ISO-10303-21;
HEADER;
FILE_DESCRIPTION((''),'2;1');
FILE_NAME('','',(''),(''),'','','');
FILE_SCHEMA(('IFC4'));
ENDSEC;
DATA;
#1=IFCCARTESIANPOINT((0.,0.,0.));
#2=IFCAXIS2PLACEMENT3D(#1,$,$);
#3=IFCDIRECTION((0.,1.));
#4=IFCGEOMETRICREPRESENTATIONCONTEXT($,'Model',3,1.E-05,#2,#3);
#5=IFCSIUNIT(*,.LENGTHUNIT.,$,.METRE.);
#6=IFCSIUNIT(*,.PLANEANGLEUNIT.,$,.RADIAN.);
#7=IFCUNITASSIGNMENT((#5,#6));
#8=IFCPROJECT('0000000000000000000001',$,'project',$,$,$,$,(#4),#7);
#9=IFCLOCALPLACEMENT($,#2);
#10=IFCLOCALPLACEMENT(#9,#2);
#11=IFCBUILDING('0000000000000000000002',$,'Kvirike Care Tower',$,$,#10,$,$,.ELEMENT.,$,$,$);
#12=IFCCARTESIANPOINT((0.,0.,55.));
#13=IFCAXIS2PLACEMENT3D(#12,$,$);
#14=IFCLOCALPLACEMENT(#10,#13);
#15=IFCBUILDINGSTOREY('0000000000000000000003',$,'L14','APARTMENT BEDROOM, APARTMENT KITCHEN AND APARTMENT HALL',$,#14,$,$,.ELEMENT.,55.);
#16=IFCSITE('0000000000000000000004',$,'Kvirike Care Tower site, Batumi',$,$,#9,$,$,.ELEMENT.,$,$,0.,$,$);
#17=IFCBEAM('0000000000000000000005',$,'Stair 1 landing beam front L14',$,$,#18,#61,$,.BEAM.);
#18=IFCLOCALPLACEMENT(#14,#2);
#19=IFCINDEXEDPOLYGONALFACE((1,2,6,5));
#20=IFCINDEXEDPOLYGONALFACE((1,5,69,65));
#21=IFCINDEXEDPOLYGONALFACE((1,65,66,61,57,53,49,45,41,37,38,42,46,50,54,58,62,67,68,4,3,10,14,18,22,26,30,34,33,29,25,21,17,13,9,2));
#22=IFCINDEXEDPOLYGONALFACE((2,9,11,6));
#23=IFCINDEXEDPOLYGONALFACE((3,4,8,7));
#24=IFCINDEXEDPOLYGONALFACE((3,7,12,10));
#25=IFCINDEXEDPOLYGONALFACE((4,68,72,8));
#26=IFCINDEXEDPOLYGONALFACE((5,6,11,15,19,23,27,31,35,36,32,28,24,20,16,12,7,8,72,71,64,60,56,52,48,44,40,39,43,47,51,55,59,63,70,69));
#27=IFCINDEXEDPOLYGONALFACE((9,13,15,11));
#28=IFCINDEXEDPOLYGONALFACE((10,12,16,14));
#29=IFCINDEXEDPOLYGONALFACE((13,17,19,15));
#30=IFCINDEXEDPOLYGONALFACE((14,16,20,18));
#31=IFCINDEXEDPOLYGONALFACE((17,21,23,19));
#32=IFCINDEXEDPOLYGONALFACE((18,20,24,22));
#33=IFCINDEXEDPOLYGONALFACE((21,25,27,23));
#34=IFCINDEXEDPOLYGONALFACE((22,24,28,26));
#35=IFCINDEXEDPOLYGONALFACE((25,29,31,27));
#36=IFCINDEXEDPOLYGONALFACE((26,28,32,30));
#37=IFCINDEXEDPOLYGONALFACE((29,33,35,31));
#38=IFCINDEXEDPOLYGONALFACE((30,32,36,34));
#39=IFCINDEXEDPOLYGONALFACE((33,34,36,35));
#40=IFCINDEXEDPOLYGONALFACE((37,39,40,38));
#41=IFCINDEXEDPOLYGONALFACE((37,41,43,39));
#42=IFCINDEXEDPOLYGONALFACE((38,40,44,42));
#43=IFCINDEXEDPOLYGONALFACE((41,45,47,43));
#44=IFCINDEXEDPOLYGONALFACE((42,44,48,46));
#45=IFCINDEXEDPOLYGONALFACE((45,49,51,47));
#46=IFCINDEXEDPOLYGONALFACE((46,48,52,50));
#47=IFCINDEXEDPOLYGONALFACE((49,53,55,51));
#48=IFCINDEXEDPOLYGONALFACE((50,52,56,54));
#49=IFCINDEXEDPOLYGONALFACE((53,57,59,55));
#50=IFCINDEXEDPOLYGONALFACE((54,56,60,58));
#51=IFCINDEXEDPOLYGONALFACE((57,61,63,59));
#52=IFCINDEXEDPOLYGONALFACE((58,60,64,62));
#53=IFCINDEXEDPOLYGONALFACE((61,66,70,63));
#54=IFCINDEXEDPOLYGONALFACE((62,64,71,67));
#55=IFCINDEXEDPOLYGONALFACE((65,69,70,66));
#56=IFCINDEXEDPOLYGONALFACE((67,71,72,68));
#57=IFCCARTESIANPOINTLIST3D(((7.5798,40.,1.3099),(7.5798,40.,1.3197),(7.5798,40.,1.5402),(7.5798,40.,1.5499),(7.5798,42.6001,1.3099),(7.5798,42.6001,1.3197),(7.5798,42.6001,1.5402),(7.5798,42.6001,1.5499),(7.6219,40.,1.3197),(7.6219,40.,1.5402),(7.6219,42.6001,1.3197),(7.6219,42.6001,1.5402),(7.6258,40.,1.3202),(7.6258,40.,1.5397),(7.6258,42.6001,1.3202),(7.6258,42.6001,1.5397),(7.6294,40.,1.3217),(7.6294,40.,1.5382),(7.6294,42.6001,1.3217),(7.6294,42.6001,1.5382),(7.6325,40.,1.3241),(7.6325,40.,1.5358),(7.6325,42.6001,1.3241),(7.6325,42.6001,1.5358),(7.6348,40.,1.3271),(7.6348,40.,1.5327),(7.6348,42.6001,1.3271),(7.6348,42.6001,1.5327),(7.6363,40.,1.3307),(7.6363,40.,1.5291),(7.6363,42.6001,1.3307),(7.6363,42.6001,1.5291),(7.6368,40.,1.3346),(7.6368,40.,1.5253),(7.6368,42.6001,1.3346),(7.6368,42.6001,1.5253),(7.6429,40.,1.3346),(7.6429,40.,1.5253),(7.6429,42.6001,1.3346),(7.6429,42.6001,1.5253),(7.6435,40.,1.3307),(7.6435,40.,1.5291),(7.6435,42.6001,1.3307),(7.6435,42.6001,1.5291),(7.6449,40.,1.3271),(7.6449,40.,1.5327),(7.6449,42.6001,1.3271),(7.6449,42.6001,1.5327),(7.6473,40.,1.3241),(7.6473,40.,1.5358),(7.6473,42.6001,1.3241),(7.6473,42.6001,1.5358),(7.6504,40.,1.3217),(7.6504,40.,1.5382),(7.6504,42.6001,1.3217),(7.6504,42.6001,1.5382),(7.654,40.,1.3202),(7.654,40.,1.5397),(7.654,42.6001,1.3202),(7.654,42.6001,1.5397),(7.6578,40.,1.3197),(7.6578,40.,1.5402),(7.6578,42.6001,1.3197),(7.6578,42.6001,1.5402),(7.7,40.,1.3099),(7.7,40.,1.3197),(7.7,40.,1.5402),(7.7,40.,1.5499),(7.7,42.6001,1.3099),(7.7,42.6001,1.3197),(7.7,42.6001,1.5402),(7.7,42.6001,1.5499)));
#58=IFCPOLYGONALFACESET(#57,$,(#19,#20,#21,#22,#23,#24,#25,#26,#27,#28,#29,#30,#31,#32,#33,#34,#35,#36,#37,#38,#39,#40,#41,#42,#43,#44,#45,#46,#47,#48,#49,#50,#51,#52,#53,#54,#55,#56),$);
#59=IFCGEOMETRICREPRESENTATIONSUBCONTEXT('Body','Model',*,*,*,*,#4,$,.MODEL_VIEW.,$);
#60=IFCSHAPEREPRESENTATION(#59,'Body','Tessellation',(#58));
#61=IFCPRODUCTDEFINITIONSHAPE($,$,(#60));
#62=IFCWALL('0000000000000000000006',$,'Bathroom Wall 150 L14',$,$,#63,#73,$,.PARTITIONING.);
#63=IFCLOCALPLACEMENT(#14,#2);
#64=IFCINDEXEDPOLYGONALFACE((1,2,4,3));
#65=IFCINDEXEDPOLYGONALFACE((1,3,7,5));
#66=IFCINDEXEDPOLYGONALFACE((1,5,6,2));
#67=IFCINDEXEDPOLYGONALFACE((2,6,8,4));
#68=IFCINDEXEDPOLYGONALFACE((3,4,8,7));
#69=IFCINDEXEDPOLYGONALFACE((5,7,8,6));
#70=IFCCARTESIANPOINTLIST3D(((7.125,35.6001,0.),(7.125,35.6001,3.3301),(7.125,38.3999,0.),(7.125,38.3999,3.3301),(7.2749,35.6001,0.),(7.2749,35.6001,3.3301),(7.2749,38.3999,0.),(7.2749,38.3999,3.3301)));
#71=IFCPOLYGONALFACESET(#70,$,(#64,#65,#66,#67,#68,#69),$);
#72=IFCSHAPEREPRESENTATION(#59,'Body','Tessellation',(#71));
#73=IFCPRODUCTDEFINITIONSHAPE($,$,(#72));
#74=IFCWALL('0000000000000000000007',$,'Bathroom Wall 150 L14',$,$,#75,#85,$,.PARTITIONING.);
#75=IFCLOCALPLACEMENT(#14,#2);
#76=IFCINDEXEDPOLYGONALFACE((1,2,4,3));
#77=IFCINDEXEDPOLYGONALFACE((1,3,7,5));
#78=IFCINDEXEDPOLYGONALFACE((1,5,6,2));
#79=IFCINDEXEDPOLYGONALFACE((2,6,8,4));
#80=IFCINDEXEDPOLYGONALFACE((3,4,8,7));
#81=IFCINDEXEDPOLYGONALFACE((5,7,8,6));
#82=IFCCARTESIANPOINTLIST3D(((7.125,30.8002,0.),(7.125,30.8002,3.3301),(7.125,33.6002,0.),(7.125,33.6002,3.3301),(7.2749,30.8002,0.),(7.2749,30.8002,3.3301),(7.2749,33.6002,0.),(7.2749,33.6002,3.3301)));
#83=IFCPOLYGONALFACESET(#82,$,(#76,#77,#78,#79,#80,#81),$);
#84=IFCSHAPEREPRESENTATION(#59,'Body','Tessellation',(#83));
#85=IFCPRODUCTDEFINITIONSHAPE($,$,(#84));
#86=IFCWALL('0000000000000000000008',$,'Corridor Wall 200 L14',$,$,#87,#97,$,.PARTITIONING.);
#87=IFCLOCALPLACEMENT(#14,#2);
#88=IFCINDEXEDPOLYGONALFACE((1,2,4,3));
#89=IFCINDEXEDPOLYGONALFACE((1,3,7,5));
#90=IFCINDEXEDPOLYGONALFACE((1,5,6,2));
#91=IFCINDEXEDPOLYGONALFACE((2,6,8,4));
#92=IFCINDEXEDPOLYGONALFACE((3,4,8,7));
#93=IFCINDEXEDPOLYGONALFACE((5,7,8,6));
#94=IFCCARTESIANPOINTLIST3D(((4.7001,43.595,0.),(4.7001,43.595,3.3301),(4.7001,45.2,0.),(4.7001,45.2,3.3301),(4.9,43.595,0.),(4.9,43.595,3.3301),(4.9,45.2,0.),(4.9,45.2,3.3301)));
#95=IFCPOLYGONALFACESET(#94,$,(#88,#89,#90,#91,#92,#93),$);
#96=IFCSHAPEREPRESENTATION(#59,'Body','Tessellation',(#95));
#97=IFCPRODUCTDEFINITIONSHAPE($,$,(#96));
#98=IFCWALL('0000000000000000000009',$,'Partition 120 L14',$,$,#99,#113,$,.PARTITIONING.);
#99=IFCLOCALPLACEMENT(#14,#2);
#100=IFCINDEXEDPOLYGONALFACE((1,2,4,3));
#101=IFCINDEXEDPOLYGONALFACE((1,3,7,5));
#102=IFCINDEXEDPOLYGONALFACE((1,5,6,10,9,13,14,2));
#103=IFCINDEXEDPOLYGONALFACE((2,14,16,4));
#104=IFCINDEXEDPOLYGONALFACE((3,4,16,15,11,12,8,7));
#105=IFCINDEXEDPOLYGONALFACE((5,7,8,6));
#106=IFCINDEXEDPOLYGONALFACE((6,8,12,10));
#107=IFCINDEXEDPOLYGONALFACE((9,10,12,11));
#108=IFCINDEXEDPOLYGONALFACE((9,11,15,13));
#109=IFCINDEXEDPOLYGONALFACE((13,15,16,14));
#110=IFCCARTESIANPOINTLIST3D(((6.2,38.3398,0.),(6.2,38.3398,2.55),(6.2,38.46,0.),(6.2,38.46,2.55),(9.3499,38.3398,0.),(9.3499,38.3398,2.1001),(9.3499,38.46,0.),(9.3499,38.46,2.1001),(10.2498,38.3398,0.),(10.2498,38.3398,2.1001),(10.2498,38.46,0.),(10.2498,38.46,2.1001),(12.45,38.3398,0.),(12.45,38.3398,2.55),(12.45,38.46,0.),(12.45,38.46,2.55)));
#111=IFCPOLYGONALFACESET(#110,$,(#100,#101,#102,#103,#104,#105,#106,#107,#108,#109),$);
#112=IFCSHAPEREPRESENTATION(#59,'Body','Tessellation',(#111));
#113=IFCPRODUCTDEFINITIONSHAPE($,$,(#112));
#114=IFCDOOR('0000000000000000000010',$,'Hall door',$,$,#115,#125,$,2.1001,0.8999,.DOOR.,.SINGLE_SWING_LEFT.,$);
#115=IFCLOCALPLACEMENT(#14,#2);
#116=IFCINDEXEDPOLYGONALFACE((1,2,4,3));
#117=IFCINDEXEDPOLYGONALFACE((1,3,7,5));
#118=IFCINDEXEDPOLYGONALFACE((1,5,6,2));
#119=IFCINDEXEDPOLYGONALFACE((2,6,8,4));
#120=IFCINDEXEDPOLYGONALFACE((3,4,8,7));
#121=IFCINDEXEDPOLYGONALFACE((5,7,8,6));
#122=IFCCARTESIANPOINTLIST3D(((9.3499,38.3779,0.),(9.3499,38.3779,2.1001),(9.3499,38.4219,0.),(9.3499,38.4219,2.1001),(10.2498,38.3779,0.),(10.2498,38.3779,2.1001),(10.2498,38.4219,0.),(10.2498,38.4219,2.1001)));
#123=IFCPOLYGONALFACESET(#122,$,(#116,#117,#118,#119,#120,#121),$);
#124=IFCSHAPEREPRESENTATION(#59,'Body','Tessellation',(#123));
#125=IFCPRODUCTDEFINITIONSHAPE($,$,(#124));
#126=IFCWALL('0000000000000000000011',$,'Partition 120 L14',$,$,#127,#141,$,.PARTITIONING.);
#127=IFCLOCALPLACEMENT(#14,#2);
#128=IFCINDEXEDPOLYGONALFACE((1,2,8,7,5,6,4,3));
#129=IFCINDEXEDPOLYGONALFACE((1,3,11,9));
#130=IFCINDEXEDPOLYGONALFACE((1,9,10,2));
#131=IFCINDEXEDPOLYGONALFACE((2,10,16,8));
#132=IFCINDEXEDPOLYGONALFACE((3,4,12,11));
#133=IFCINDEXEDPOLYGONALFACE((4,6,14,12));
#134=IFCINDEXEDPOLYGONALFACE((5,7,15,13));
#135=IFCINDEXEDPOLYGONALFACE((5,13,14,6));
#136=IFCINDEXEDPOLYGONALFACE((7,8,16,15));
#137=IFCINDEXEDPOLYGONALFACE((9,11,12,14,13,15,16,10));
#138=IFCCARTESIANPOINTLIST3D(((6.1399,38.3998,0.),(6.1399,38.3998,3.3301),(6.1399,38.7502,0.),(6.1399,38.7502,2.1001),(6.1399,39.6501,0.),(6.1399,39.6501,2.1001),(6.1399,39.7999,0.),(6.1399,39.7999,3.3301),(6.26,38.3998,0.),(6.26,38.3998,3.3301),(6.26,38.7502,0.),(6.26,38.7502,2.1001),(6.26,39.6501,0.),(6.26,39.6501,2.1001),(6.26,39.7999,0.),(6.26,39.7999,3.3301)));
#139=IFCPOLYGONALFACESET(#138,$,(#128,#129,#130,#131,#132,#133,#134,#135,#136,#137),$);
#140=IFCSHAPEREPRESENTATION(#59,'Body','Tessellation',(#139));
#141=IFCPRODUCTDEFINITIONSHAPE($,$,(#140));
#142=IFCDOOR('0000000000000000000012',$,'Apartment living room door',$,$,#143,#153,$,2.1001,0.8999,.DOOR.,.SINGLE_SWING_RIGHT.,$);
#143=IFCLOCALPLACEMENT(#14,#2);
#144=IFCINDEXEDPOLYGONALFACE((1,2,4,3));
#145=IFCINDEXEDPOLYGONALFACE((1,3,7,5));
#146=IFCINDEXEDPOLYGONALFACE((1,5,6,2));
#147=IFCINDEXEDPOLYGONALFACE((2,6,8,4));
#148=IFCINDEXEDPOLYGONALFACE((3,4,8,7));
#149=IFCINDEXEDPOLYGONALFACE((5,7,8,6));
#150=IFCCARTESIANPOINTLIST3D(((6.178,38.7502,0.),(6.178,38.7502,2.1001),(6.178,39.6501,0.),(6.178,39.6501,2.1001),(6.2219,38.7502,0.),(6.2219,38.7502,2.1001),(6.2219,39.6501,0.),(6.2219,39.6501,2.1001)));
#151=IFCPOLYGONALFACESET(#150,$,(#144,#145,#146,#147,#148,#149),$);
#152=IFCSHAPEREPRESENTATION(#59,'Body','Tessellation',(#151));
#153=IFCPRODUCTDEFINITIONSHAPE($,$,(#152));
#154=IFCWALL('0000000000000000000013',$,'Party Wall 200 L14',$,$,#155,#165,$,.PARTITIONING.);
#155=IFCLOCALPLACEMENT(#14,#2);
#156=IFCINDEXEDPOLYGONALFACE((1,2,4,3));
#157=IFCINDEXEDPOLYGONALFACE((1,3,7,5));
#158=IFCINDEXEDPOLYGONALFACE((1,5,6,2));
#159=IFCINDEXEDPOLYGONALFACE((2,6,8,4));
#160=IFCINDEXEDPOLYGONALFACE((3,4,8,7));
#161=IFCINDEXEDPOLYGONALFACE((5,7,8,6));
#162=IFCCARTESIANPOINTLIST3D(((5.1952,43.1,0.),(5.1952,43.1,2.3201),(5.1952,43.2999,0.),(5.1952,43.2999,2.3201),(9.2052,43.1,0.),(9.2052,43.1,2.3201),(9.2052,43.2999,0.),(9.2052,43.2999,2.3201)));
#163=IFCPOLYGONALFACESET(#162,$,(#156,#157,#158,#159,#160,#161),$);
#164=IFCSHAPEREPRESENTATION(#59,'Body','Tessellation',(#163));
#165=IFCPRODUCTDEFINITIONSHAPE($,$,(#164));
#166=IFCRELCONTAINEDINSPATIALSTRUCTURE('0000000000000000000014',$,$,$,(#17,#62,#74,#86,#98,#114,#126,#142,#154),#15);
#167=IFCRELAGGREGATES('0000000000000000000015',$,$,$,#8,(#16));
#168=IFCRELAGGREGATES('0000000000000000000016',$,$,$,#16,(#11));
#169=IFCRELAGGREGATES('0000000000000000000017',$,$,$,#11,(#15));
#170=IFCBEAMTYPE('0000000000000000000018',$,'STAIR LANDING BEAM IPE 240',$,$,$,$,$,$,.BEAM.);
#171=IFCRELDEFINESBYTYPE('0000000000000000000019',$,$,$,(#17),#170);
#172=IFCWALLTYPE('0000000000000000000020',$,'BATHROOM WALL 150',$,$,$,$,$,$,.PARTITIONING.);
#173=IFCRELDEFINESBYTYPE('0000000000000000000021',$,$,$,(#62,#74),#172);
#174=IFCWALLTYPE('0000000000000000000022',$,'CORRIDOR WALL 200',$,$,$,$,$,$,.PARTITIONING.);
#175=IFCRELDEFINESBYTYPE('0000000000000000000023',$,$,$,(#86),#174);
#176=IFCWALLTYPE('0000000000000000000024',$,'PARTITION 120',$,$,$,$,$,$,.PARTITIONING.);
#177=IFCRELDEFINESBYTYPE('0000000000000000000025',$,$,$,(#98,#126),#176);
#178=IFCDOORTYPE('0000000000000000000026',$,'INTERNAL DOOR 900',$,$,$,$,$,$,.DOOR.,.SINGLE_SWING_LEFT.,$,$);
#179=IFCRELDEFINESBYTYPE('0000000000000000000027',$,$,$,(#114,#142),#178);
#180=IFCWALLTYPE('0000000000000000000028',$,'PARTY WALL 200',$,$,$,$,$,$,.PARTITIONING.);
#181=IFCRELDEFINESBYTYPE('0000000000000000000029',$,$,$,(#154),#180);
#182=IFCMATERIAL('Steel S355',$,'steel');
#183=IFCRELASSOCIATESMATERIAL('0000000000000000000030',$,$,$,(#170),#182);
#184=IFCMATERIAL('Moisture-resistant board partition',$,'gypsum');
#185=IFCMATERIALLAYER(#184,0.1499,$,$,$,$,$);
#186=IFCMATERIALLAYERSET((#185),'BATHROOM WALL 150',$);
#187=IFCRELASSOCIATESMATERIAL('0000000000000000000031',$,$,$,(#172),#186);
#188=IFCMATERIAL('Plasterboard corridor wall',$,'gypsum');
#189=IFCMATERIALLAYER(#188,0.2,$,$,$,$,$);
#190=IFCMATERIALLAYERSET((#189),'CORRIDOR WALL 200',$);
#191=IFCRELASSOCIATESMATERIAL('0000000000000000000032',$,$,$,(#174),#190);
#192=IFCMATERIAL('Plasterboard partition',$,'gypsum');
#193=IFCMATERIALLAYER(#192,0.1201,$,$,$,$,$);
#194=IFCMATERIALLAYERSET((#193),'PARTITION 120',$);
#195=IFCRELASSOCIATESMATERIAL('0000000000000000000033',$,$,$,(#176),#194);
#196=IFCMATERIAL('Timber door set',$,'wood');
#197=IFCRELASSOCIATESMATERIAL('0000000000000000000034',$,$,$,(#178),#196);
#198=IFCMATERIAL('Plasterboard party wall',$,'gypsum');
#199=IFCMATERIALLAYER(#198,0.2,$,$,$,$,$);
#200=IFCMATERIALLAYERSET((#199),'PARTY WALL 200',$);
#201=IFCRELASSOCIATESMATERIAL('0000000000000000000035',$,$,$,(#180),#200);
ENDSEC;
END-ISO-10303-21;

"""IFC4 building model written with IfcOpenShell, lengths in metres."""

from ifc_helpers import new_model, si_unit, direction, frame, frame_2d, origin, origin_2d, place, context, subcontext, project, spatial, rectangle, i_section, extrude, material, layer, layer_set, material_profile, profile_set, type_object, element, fill, save


model = new_model("IFC4")

# Units and contexts
model_context = context("Model", 3, precision=1e-05, world=origin(), true_north=direction((0.0, 1.0)))
body_context = subcontext(model_context, "Body", "Model", "MODEL_VIEW")
ifc_project = project(units=[si_unit("LENGTHUNIT", "METRE"), si_unit("PLANEANGLEUNIT", "RADIAN")], contexts=[model_context])

# Site, building, storey
site_placement = place(None, origin())
site = spatial("IfcSite", under=ifc_project, at=site_placement, Name="Kvirike Care Tower site, Batumi", CompositionType="ELEMENT", RefElevation=0.0)
building_placement = place(site_placement, origin())
building = spatial("IfcBuilding", under=site, at=building_placement, Name="Kvirike Care Tower", CompositionType="ELEMENT")
storey_placement = place(building_placement, frame((0.0, 0.0, 55.0)))
storey = spatial("IfcBuildingStorey", under=building, at=storey_placement, Name="L14", Description="APARTMENT BEDROOM, APARTMENT KITCHEN AND APARTMENT HALL", CompositionType="ELEMENT", Elevation=55.0)

# Beam
ifc_material_1 = material(Name="Steel S355", Category="steel")
ifc_material_profile_1 = material_profile(ifc_material_1, i_section(OverallWidth=0.1201, OverallDepth=0.24, WebThickness=0.0061, FlangeThickness=0.0098, FilletRadius=0.0149, at=origin_2d()), Name="IPE 240")
ifc_profile_set_1 = profile_set([ifc_material_profile_1], Name="Steel S355")
beam_type_1 = type_object("IfcBeamType", Name="STAIR LANDING BEAM IPE 240", PredefinedType="BEAM", material=ifc_profile_set_1)
for number, where, z_axis, x_axis, name in (
    (1, (7.6399, 42.6001, 1.4299), (0.0, -1.0, 0.0), (1.0, 0.0, 0.0), "Stair 1 landing beam front L14"),
):
    element("IfcBeam", number, at=place(storey_placement, frame(where, z_axis=z_axis, x_axis=x_axis)), inside=storey, type_object=beam_type_1, Name=name, PredefinedType="BEAM", context=body_context, shape_type="SweptSolid", body=[
        extrude(i_section(OverallWidth=0.1201, OverallDepth=0.24, WebThickness=0.0061, FlangeThickness=0.0098, FilletRadius=0.0149, at=origin_2d()), origin(), (0.0, 0.0, 1.0), 2.6001),
    ])

# Walls
ifc_material_2 = material(Name="Moisture-resistant board partition", Category="gypsum")
ifc_layer_1 = layer(ifc_material_2, 0.1499)
ifc_layer_set_1 = layer_set([ifc_layer_1], Name="BATHROOM WALL 150")
wall_type_1 = type_object("IfcWallType", Name="BATHROOM WALL 150", PredefinedType="PARTITIONING", material=ifc_layer_set_1)
wall_1_placement = place(storey_placement, frame((7.2, 38.3999, 0.0), z_axis=(0.0, 0.0, 1.0), x_axis=(0.0, -1.0, 0.0)))
element("IfcWall", 2, at=wall_1_placement, inside=storey, type_object=wall_type_1, Name="Bathroom Wall 150 L14", PredefinedType="PARTITIONING", context=body_context, shape_type="SweptSolid", body=[
    extrude(rectangle(XDim=2.7998, YDim=0.1499, at=frame_2d((1.3999, 0.0))), origin(), (0.0, 0.0, 1.0), 3.3301),
])
wall_2_placement = place(storey_placement, frame((7.2, 33.6001, 0.0), z_axis=(0.0, 0.0, 1.0), x_axis=(0.0, -1.0, 0.0)))
element("IfcWall", 3, at=wall_2_placement, inside=storey, type_object=wall_type_1, Name="Bathroom Wall 150 L14", PredefinedType="PARTITIONING", context=body_context, shape_type="SweptSolid", body=[
    extrude(rectangle(XDim=2.8, YDim=0.1499, at=frame_2d((1.3999, 0.0))), origin(), (0.0, 0.0, 1.0), 3.3301),
])
ifc_material_3 = material(Name="Plasterboard corridor wall", Category="gypsum")
ifc_layer_2 = layer(ifc_material_3, 0.2)
ifc_layer_set_2 = layer_set([ifc_layer_2], Name="CORRIDOR WALL 200")
wall_type_2 = type_object("IfcWallType", Name="CORRIDOR WALL 200", PredefinedType="PARTITIONING", material=ifc_layer_set_2)
wall_3_placement = place(storey_placement, frame((4.8, 45.2, 0.0), z_axis=(0.0, 0.0, 1.0), x_axis=(0.0, -1.0, 0.0)))
element("IfcWall", 4, at=wall_3_placement, inside=storey, type_object=wall_type_2, Name="Corridor Wall 200 L14", PredefinedType="PARTITIONING", context=body_context, shape_type="SweptSolid", body=[
    extrude(rectangle(XDim=1.605, YDim=0.2, at=frame_2d((0.8025, 0.0))), origin(), (0.0, 0.0, 1.0), 3.3301),
])

# Walls, openings, doors
ifc_material_4 = material(Name="Plasterboard partition", Category="gypsum")
ifc_layer_3 = layer(ifc_material_4, 0.1201)
ifc_layer_set_3 = layer_set([ifc_layer_3], Name="PARTITION 120")
wall_type_3 = type_object("IfcWallType", Name="PARTITION 120", PredefinedType="PARTITIONING", material=ifc_layer_set_3)
wall_4_placement = place(storey_placement, frame((6.2, 38.3999, 0.0), z_axis=(0.0, 0.0, 1.0), x_axis=(1.0, 0.0, 0.0)))
wall_4 = element("IfcWall", 5, at=wall_4_placement, inside=storey, type_object=wall_type_3, Name="Partition 120 L14", PredefinedType="PARTITIONING", context=body_context, shape_type="SweptSolid", body=[
    extrude(rectangle(XDim=6.25, YDim=0.1201, at=frame_2d((3.125, 0.0))), origin(), (0.0, 0.0, 1.0), 2.55),
])
opening_1_placement = place(wall_4_placement, frame((3.1499, 0.0, 0.0)))
opening_1 = element("IfcOpeningElement", 6, at=opening_1_placement, cuts=wall_4, PredefinedType="OPENING", context=body_context, shape_type="SweptSolid", body=[
    extrude(rectangle(XDim=0.8999, YDim=2.1001, at=frame_2d((0.45, 1.05))), frame((0.0, 0.0706, 0.0), z_axis=(0.0, -1.0, 0.0), x_axis=(1.0, 0.0, 0.0)), (0.0, 0.0, 1.0), 0.1411),
])
ifc_material_5 = material(Name="Timber door set", Category="wood")
door_type = type_object("IfcDoorType", Name="INTERNAL DOOR 900", OperationType="SINGLE_SWING_LEFT", PredefinedType="DOOR", material=ifc_material_5)
door_1_placement = place(opening_1_placement, origin())
door_1 = element("IfcDoor", 7, at=door_1_placement, inside=storey, type_object=door_type, Name="Hall door", OperationType="SINGLE_SWING_LEFT", OverallHeight=2.1001, OverallWidth=0.8999, PredefinedType="DOOR", context=body_context, shape_type="SweptSolid", body=[
    extrude(rectangle(XDim=0.8999, YDim=2.1001, at=frame_2d((0.45, 1.05))), frame((0.0, 0.022, 0.0), z_axis=(0.0, -1.0, 0.0), x_axis=(1.0, 0.0, 0.0)), (0.0, 0.0, 1.0), 0.0439),
])
fill(opening_1, door_1)
wall_5_placement = place(storey_placement, frame((6.2, 39.8, 0.0), z_axis=(0.0, 0.0, 1.0), x_axis=(0.0, -1.0, 0.0)))
wall_5 = element("IfcWall", 8, at=wall_5_placement, inside=storey, type_object=wall_type_3, Name="Partition 120 L14", PredefinedType="PARTITIONING", context=body_context, shape_type="SweptSolid", body=[
    extrude(rectangle(XDim=1.4001, YDim=0.1201, at=frame_2d((0.7002, 0.0))), origin(), (0.0, 0.0, 1.0), 3.3301),
])
opening_2_placement = place(wall_5_placement, frame((0.1499, 0.0, 0.0)))
opening_2 = element("IfcOpeningElement", 9, at=opening_2_placement, cuts=wall_5, PredefinedType="OPENING", context=body_context, shape_type="SweptSolid", body=[
    extrude(rectangle(XDim=0.8999, YDim=2.1001, at=frame_2d((0.45, 1.05))), frame((0.0, 0.0706, 0.0), z_axis=(0.0, -1.0, 0.0), x_axis=(1.0, 0.0, 0.0)), (0.0, 0.0, 1.0), 0.1411),
])
door_2_placement = place(opening_2_placement, origin())
door_2 = element("IfcDoor", 10, at=door_2_placement, inside=storey, type_object=door_type, Name="Apartment living room door", OperationType="SINGLE_SWING_RIGHT", OverallHeight=2.1001, OverallWidth=0.8999, PredefinedType="DOOR", context=body_context, shape_type="SweptSolid", body=[
    extrude(rectangle(XDim=0.8999, YDim=2.1001, at=frame_2d((0.45, 1.05))), frame((0.0, 0.022, 0.0), z_axis=(0.0, -1.0, 0.0), x_axis=(1.0, 0.0, 0.0)), (0.0, 0.0, 1.0), 0.0439),
])
fill(opening_2, door_2)

# Wall
ifc_material_6 = material(Name="Plasterboard party wall", Category="gypsum")
ifc_layer_4 = layer(ifc_material_6, 0.2)
ifc_layer_set_4 = layer_set([ifc_layer_4], Name="PARTY WALL 200")
wall_type_4 = type_object("IfcWallType", Name="PARTY WALL 200", PredefinedType="PARTITIONING", material=ifc_layer_set_4)
wall_6_placement = place(storey_placement, frame((9.2051, 43.2, 0.0), z_axis=(0.0, 0.0, 1.0), x_axis=(-1.0, 0.0, 0.0)))
element("IfcWall", 11, at=wall_6_placement, inside=storey, type_object=wall_type_4, Name="Party Wall 200 L14", PredefinedType="PARTITIONING", context=body_context, shape_type="SweptSolid", body=[
    extrude(rectangle(XDim=4.01, YDim=0.2, at=frame_2d((2.0049, 0.0))), origin(), (0.0, 0.0, 1.0), 2.3201),
])

save(model, "model.ifc")
